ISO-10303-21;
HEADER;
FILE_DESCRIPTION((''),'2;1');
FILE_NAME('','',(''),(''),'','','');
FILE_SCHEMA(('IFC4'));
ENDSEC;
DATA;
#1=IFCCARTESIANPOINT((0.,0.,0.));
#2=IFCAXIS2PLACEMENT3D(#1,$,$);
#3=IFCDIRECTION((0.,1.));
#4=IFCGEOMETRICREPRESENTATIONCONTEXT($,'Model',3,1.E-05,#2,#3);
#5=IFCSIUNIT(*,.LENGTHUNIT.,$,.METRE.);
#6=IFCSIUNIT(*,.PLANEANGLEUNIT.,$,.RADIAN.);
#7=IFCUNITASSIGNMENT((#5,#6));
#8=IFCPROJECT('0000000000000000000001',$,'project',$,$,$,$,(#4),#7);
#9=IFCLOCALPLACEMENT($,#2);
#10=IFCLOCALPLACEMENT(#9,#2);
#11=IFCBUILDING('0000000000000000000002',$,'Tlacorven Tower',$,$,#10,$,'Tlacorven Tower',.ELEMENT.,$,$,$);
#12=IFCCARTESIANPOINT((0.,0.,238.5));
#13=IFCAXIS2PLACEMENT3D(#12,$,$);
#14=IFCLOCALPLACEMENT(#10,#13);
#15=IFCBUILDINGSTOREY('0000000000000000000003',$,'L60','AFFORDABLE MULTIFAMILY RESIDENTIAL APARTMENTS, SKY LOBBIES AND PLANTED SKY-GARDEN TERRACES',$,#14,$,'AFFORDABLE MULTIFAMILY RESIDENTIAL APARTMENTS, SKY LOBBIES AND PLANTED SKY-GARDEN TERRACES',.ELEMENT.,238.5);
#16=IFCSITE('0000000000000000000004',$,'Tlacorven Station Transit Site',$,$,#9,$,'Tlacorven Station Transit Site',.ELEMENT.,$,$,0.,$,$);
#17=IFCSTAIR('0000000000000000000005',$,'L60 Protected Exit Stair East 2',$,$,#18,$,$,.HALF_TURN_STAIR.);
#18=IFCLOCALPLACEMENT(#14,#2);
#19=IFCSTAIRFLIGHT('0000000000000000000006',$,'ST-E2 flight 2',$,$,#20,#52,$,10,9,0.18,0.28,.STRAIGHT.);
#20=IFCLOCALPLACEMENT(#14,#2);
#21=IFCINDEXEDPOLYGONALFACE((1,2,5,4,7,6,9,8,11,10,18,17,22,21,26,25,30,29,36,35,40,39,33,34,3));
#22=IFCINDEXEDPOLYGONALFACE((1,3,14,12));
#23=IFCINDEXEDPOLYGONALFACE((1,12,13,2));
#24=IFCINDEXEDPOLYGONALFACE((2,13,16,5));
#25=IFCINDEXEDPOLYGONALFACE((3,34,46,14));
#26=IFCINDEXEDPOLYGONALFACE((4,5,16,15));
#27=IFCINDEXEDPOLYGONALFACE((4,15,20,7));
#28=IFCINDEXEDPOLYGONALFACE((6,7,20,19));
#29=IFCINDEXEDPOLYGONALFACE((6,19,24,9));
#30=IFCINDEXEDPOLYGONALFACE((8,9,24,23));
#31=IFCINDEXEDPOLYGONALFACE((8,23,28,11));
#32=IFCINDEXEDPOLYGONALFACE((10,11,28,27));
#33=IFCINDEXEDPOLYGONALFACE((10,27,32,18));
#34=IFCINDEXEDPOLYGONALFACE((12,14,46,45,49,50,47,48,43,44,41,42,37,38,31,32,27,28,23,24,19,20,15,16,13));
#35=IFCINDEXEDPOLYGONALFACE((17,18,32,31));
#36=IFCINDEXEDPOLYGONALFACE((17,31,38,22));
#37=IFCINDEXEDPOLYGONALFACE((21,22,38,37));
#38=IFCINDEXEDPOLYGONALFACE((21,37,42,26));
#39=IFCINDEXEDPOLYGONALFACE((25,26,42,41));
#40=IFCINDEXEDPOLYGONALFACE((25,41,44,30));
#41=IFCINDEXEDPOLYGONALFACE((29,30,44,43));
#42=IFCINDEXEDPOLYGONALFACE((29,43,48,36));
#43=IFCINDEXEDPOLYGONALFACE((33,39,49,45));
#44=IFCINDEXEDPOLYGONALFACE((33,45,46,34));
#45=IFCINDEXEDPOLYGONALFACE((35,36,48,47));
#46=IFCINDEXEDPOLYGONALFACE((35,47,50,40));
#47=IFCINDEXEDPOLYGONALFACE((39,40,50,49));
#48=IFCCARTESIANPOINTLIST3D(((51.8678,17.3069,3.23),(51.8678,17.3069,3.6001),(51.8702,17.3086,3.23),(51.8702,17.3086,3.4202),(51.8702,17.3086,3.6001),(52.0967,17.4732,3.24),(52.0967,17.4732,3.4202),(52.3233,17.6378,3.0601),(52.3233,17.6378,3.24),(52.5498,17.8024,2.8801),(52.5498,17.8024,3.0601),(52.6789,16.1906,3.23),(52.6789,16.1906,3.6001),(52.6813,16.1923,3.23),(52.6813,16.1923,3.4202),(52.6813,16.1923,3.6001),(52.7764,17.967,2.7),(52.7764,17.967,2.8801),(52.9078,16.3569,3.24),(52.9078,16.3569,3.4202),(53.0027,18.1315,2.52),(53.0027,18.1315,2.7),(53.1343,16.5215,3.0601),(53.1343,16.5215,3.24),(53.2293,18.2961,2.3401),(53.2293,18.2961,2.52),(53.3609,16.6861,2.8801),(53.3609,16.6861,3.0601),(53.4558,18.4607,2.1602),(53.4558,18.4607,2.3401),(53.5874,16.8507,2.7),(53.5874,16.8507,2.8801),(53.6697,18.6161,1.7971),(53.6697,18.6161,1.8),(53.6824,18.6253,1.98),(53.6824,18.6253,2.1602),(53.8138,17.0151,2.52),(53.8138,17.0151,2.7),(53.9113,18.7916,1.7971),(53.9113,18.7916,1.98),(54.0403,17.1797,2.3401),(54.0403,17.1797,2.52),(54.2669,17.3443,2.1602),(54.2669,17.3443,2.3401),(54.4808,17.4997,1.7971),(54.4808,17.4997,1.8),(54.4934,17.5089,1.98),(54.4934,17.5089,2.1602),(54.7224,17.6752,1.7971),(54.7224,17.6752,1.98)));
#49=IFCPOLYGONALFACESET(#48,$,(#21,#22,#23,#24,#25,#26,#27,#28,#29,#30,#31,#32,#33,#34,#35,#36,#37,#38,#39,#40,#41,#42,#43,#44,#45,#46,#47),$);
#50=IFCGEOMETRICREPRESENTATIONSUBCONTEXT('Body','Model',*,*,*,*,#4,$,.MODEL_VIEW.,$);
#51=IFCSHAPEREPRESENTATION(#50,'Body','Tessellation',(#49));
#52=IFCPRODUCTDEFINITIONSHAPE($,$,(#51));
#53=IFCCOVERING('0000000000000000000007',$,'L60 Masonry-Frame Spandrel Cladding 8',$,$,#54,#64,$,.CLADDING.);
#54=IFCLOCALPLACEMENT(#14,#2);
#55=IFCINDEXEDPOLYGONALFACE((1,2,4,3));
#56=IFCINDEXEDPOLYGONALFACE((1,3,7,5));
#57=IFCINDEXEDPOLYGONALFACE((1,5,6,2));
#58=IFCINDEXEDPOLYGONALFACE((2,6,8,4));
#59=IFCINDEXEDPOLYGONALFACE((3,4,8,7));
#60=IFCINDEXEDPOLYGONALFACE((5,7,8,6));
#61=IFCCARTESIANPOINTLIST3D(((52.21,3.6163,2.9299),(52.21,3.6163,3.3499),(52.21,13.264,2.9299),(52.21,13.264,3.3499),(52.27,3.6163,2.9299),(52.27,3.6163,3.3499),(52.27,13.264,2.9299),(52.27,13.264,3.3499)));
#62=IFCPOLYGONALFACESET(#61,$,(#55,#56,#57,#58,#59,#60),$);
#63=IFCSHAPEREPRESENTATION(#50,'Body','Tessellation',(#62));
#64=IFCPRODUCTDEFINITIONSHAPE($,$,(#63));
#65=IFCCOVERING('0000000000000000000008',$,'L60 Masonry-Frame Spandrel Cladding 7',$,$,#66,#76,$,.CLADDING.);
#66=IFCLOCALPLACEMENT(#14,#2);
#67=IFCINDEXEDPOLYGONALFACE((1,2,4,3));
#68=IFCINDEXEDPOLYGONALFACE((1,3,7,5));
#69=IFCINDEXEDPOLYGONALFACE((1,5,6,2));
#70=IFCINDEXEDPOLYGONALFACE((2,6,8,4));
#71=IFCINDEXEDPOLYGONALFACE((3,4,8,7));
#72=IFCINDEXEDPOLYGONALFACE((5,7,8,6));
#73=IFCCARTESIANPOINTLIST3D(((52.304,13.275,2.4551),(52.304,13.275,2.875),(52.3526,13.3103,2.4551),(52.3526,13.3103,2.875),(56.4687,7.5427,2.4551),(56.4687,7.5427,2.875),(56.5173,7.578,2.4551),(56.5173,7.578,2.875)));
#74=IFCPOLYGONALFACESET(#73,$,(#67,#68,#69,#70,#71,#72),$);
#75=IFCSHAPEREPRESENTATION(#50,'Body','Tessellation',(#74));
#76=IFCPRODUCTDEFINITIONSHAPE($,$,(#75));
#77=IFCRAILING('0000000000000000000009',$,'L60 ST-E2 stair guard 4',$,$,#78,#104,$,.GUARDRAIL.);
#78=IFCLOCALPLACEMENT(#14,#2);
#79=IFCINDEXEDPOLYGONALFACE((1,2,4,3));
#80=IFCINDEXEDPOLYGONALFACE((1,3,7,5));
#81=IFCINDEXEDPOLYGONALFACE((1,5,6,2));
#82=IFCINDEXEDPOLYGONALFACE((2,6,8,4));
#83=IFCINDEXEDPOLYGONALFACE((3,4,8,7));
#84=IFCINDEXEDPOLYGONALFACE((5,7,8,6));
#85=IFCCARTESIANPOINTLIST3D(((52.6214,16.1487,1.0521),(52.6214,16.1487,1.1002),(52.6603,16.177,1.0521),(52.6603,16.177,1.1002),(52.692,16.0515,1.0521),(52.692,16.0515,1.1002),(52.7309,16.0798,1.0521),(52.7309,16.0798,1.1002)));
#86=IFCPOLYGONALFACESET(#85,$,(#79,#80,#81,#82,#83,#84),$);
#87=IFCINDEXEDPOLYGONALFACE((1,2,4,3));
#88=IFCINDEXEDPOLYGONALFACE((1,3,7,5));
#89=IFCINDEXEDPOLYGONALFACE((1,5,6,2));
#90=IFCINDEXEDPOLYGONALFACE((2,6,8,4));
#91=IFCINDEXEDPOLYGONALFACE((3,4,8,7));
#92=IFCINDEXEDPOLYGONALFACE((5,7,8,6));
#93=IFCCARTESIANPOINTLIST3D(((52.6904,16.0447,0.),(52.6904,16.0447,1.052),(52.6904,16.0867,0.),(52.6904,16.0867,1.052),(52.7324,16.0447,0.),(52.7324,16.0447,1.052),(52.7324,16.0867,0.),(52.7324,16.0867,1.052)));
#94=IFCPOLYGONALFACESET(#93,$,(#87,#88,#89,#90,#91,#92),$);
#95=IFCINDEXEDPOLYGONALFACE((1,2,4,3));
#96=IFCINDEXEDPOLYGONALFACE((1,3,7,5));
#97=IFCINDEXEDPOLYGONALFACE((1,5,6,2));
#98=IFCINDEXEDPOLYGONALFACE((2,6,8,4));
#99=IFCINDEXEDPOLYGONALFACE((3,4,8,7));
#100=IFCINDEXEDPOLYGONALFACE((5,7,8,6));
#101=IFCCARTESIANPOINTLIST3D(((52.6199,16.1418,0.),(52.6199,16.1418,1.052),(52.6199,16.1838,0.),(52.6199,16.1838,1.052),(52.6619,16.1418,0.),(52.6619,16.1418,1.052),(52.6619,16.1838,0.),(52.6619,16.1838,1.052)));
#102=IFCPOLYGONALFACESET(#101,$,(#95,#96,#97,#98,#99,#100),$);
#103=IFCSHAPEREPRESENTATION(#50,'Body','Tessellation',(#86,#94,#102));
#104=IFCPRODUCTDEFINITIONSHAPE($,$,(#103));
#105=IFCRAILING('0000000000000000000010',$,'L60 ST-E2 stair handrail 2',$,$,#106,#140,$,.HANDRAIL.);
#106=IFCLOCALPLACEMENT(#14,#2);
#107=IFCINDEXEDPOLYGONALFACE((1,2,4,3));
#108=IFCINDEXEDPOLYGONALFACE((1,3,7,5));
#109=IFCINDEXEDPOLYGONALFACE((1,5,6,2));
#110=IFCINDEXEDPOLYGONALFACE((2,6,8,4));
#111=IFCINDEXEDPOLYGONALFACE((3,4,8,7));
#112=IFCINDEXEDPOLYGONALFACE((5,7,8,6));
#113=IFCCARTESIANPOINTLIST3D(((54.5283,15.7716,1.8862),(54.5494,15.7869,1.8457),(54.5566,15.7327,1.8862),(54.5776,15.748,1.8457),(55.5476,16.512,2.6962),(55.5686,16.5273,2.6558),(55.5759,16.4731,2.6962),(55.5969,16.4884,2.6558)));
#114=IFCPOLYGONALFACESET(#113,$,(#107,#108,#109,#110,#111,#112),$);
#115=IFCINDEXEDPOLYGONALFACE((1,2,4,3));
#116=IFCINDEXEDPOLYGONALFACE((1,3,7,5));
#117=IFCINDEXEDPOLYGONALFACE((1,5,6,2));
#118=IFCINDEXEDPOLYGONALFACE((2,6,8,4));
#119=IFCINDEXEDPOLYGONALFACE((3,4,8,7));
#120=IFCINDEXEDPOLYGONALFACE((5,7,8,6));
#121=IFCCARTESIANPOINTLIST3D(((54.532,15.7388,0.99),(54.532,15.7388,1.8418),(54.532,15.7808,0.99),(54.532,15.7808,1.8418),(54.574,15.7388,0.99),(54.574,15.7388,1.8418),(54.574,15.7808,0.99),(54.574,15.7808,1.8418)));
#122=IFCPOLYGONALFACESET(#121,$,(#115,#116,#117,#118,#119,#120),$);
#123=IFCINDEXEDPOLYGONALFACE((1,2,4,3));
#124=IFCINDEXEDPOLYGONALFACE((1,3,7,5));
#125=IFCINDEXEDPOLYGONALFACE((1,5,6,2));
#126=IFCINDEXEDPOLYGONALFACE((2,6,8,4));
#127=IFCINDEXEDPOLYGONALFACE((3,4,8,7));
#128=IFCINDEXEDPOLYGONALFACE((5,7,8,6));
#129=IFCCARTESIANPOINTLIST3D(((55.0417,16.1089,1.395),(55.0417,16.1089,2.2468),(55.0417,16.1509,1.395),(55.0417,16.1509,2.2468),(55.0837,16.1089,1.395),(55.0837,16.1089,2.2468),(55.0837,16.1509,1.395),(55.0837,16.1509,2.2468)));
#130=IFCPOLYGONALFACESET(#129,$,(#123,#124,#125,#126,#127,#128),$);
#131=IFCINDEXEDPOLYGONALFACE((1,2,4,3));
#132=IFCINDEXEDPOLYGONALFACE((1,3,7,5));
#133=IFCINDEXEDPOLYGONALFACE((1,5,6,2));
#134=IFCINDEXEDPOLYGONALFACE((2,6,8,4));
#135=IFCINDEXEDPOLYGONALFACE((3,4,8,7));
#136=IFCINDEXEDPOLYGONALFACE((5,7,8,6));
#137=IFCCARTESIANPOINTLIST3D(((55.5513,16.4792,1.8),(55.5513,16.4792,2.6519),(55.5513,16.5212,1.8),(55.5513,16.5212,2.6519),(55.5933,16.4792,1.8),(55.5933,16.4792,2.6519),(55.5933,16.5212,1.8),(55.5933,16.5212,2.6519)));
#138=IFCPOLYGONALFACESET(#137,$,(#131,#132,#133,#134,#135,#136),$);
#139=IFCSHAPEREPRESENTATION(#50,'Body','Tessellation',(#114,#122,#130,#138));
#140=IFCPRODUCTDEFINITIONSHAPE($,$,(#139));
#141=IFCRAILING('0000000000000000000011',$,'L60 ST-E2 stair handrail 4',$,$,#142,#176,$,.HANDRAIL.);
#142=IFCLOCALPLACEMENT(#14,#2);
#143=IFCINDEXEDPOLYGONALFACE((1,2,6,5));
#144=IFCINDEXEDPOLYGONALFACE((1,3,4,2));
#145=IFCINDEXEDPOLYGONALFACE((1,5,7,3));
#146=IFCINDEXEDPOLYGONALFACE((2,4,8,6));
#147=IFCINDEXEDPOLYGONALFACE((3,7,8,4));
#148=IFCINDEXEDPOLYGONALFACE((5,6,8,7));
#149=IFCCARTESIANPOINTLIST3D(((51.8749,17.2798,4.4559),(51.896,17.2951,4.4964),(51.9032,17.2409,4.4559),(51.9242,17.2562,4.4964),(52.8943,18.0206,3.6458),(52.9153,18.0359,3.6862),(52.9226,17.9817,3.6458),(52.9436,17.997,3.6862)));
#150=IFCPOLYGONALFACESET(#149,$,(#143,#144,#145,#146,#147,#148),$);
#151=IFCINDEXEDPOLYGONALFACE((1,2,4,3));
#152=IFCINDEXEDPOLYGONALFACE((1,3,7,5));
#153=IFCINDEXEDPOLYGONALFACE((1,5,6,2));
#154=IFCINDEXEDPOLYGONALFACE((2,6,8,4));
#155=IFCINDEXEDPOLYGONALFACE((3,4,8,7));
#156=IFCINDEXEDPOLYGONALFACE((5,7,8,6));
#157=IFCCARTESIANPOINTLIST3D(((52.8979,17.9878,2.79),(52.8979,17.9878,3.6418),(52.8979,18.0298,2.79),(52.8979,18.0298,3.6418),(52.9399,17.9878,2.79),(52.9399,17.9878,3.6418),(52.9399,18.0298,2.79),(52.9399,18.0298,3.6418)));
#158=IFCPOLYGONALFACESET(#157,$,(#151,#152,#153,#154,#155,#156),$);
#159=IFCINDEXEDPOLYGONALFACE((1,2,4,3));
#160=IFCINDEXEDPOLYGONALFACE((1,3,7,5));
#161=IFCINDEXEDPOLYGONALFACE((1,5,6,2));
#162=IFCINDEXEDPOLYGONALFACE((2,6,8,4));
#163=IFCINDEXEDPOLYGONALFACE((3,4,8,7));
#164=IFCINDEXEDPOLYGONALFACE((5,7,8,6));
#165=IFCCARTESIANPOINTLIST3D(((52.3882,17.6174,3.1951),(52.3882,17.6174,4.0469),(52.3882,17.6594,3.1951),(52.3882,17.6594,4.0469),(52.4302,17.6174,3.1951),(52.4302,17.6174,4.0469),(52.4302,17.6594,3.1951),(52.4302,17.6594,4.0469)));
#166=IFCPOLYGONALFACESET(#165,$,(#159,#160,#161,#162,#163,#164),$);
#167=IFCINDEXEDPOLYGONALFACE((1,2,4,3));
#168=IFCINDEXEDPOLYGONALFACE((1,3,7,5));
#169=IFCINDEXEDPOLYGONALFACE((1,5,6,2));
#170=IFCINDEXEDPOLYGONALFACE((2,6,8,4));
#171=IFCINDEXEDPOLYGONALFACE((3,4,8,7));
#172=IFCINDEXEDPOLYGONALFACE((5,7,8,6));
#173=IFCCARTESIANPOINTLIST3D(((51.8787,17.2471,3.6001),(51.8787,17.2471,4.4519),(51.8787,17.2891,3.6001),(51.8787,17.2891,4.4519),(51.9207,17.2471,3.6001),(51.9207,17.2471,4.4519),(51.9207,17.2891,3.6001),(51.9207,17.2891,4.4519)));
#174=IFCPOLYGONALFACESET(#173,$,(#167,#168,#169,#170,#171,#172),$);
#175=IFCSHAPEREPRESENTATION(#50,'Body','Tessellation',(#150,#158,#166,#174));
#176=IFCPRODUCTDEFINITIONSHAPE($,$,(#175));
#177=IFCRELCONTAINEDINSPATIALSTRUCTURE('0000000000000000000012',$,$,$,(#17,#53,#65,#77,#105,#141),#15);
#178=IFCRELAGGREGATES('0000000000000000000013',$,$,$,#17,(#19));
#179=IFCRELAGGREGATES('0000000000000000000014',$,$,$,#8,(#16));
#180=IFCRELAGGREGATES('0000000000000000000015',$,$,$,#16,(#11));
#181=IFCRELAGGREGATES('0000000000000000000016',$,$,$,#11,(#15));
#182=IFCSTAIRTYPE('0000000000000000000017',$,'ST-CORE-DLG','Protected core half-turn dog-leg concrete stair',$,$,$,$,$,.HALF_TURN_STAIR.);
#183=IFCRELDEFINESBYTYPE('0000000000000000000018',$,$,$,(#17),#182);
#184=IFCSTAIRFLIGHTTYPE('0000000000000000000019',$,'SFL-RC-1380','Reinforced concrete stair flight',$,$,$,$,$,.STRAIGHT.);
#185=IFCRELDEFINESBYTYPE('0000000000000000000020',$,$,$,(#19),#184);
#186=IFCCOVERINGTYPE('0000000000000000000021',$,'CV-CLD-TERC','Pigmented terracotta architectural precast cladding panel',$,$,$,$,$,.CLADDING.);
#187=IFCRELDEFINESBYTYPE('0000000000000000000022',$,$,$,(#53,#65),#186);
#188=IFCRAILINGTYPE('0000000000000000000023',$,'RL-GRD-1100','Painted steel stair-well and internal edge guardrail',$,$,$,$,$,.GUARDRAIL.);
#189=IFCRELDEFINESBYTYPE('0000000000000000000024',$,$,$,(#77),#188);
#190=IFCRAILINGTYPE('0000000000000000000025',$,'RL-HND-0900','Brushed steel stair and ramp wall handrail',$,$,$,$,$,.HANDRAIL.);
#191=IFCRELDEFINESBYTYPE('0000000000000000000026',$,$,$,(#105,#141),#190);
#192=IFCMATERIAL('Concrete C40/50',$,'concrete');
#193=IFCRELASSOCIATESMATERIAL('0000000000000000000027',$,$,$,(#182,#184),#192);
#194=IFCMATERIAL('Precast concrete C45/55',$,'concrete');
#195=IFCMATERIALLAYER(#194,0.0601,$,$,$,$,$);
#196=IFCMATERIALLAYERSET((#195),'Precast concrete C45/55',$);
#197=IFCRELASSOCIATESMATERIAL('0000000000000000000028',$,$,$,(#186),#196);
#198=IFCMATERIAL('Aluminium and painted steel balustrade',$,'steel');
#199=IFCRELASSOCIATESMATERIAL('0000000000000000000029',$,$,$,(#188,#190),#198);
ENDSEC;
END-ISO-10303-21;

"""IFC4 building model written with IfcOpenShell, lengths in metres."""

from ifc_helpers import new_model, si_unit, direction, frame, origin, origin_2d, place, context, subcontext, project, spatial, polyline, rectangle, outline, extrude, source, transform, mapped, material, layer, layer_set, type_object, element, aggregate, save


model = new_model("IFC4")

# Units and contexts
model_context = context("Model", 3, precision=1e-05, world=origin(), true_north=direction((0.0, 1.0)))
body_context = subcontext(model_context, "Body", "Model", "MODEL_VIEW")
ifc_project = project(units=[si_unit("LENGTHUNIT", "METRE"), si_unit("PLANEANGLEUNIT", "RADIAN")], contexts=[model_context])

# Site, building, storey
site_placement = place(None, origin())
site = spatial("IfcSite", under=ifc_project, at=site_placement, Name="Tlacorven Station Transit Site", LongName="Tlacorven Station Transit Site", CompositionType="ELEMENT", RefElevation=0.0)
building_placement = place(site_placement, origin())
building = spatial("IfcBuilding", under=site, at=building_placement, Name="Tlacorven Tower", LongName="Tlacorven Tower", CompositionType="ELEMENT")
storey_placement = place(building_placement, frame((0.0, 0.0, 238.5)))
storey = spatial("IfcBuildingStorey", under=building, at=storey_placement, Name="L60", Description="AFFORDABLE MULTIFAMILY RESIDENTIAL APARTMENTS, SKY LOBBIES AND PLANTED SKY-GARDEN TERRACES", LongName="AFFORDABLE MULTIFAMILY RESIDENTIAL APARTMENTS, SKY LOBBIES AND PLANTED SKY-GARDEN TERRACES", CompositionType="ELEMENT", Elevation=238.5)

# Shared definitions
ifc_material_1 = material(Name="Precast concrete C45/55", Category="concrete")

# Stair, stair flight
ifc_material_2 = material(Name="Concrete C40/50", Category="concrete")
stair_type = type_object("IfcStairType", Name="ST-CORE-DLG", Description="Protected core half-turn dog-leg concrete stair", PredefinedType="HALF_TURN_STAIR", material=ifc_material_2)
stair_placement = place(storey_placement, origin())
stair = element("IfcStair", 1, at=stair_placement, inside=storey, type_object=stair_type, Name="L60 Protected Exit Stair East 2", PredefinedType="HALF_TURN_STAIR")
stair_flight_type = type_object("IfcStairFlightType", Name="SFL-RC-1380", Description="Reinforced concrete stair flight", PredefinedType="STRAIGHT", material=ifc_material_2)
shared_shape_1 = source(origin(), body_context, "Body", "SweptSolid", [
    extrude(outline(polyline([(-0.0029, -0.0029), (-0.0029, 0.1799), (0.28, 0.1799), (0.28, 0.3601), (0.5601, 0.3601), (0.5601, 0.54), (0.8401, 0.54), (0.8401, 0.72), (1.1201, 0.72), (1.1201, 0.8999), (1.3999, 0.8999), (1.3999, 1.0801), (1.6799, 1.0801), (1.6799, 1.26), (1.96, 1.26), (1.96, 1.4399), (2.24, 1.4399), (2.24, 1.6201), (2.52, 1.6201), (2.52, 1.8), (2.5229, 1.8), (2.5229, 1.4299), (2.52, 1.4299), (0.2957, 0.0), (0.2957, -0.0029), (-0.0029, -0.0029)])), frame((0.0, 0.6899, 0.0), z_axis=(0.0, -1.0, 0.0), x_axis=(1.0, 0.0, 0.0)), (0.0, 0.0, 1.0), 1.3799),
])
stair_flight_1_placement = place(storey_placement, frame((54.3145, 18.2317, 1.8), z_axis=(0.0, 0.0, 1.0), x_axis=(-0.809017, -0.587785, 0.0)))
stair_flight_1 = element("IfcStairFlight", 2, at=stair_flight_1_placement, type_object=stair_flight_type, Name="ST-E2 flight 2", NumberOfRisers=10, NumberOfTreads=9, PredefinedType="STRAIGHT", RiserHeight=0.18, TreadLength=0.28, context=body_context, shape_type="MappedRepresentation", body=[
    mapped(shared_shape_1, transform((0.0, 0.0, 0.0), scale=1.0)),
])
aggregate(stair, [stair_flight_1])

# Coverings
ifc_layer_1 = layer(ifc_material_1, 0.0601)
ifc_layer_set_1 = layer_set([ifc_layer_1], Name="Precast concrete C45/55")
covering_type = type_object("IfcCoveringType", Name="CV-CLD-TERC", Description="Pigmented terracotta architectural precast cladding panel", PredefinedType="CLADDING", material=ifc_layer_set_1)
shared_shape_2 = source(origin(), body_context, "Body", "SweptSolid", [
    extrude(rectangle(XDim=9.6477, YDim=0.0601, at=origin_2d()), origin(), (0.0, 0.0, 1.0), 0.4199),
])
covering_1_placement = place(storey_placement, frame((52.24, 8.4402, 2.9299), z_axis=(0.0, 0.0, 1.0), x_axis=(0.0, -1.0, 0.0)))
element("IfcCovering", 3, at=covering_1_placement, inside=storey, type_object=covering_type, Name="L60 Masonry-Frame Spandrel Cladding 8", PredefinedType="CLADDING", context=body_context, shape_type="MappedRepresentation", body=[
    mapped(shared_shape_2, transform((0.0, 0.0, 0.0), scale=1.0)),
])
shared_shape_3 = source(origin(), body_context, "Body", "SweptSolid", [
    extrude(rectangle(XDim=7.0854, YDim=0.0601, at=origin_2d()), origin(), (0.0, 0.0, 1.0), 0.4199),
])
covering_2_placement = place(storey_placement, frame((54.4106, 10.4265, 2.4551), z_axis=(0.0, 0.0, 1.0), x_axis=(-0.587786, 0.809017, 0.0)))
element("IfcCovering", 4, at=covering_2_placement, inside=storey, type_object=covering_type, Name="L60 Masonry-Frame Spandrel Cladding 7", PredefinedType="CLADDING", context=body_context, shape_type="MappedRepresentation", body=[
    mapped(shared_shape_3, transform((0.0, 0.0, 0.0), scale=1.0)),
])

# Railings
ifc_material_3 = material(Name="Aluminium and painted steel balustrade", Category="steel")
railing_type_1 = type_object("IfcRailingType", Name="RL-GRD-1100", Description="Painted steel stair-well and internal edge guardrail", PredefinedType="GUARDRAIL", material=ifc_material_3)
shared_shape_4 = source(origin(), body_context, "Body", "SweptSolid", [
    extrude(rectangle(XDim=0.0481, YDim=0.0481, at=origin_2d()), frame((0.0, 0.0, 1.0762), z_axis=(-0.587567, 0.809175, 0.0), x_axis=(-0.809175, -0.587567, 0.0)), (0.0, 0.0, 1.0), 0.1201),
    extrude(rectangle(XDim=0.042, YDim=0.042, at=origin_2d()), origin(), (0.0, 0.0, 1.0), 1.052),
    extrude(rectangle(XDim=0.042, YDim=0.042, at=origin_2d()), frame((-0.0706, 0.0972, 0.0)), (0.0, 0.0, 1.0), 1.052),
])
railing_1_placement = place(storey_placement, frame((52.7114, 16.0657, 0.0)))
element("IfcRailing", 5, at=railing_1_placement, inside=storey, type_object=railing_type_1, Name="L60 ST-E2 stair guard 4", PredefinedType="GUARDRAIL", context=body_context, shape_type="MappedRepresentation", body=[
    mapped(shared_shape_4, transform((0.0, 0.0, 0.0), scale=1.0)),
])
railing_type_2 = type_object("IfcRailingType", Name="RL-HND-0900", Description="Brushed steel stair and ramp wall handrail", PredefinedType="HANDRAIL", material=ifc_material_3)
shared_shape_5 = source(origin(), body_context, "Body", "SweptSolid", [
    extrude(rectangle(XDim=0.0481, YDim=0.0481, at=origin_2d()), frame((0.0, 0.0, 0.876), z_axis=(0.680516, 0.494373, 0.540827), x_axis=(-0.587745, 0.809046, 0.0)), (0.0, 0.0, 1.0), 1.4978),
    extrude(rectangle(XDim=0.042, YDim=0.042, at=origin_2d()), origin(), (0.0, 0.0, 1.0), 0.8518),
    extrude(rectangle(XDim=0.042, YDim=0.042, at=origin_2d()), frame((0.5098, 0.3701, 0.405)), (0.0, 0.0, 1.0), 0.8518),
    extrude(rectangle(XDim=0.042, YDim=0.042, at=origin_2d()), frame((1.0193, 0.7405, 0.8101)), (0.0, 0.0, 1.0), 0.8518),
])
railing_2_placement = place(storey_placement, frame((54.553, 15.7598, 0.99)))
element("IfcRailing", 6, at=railing_2_placement, inside=storey, type_object=railing_type_2, Name="L60 ST-E2 stair handrail 2", PredefinedType="HANDRAIL", context=body_context, shape_type="MappedRepresentation", body=[
    mapped(shared_shape_5, transform((0.0, 0.0, 0.0), scale=1.0)),
])
shared_shape_6 = source(origin(), body_context, "Body", "SweptSolid", [
    extrude(rectangle(XDim=0.0481, YDim=0.0481, at=origin_2d()), frame((0.0, 0.0, 0.876), z_axis=(-0.680461, -0.494496, 0.540783), x_axis=(0.587872, -0.808954, 0.0)), (0.0, 0.0, 1.0), 1.498),
    extrude(rectangle(XDim=0.042, YDim=0.042, at=origin_2d()), origin(), (0.0, 0.0, 1.0), 0.8518),
    extrude(rectangle(XDim=0.042, YDim=0.042, at=origin_2d()), frame((-0.5098, -0.3704, 0.405)), (0.0, 0.0, 1.0), 0.8518),
    extrude(rectangle(XDim=0.042, YDim=0.042, at=origin_2d()), frame((-1.0193, -0.7407, 0.8101)), (0.0, 0.0, 1.0), 0.8518),
])
railing_3_placement = place(storey_placement, frame((52.9189, 18.0088, 2.79)))
element("IfcRailing", 7, at=railing_3_placement, inside=storey, type_object=railing_type_2, Name="L60 ST-E2 stair handrail 4", PredefinedType="HANDRAIL", context=body_context, shape_type="MappedRepresentation", body=[
    mapped(shared_shape_6, transform((0.0, 0.0, 0.0), scale=1.0)),
])

save(model, "model.ifc")
